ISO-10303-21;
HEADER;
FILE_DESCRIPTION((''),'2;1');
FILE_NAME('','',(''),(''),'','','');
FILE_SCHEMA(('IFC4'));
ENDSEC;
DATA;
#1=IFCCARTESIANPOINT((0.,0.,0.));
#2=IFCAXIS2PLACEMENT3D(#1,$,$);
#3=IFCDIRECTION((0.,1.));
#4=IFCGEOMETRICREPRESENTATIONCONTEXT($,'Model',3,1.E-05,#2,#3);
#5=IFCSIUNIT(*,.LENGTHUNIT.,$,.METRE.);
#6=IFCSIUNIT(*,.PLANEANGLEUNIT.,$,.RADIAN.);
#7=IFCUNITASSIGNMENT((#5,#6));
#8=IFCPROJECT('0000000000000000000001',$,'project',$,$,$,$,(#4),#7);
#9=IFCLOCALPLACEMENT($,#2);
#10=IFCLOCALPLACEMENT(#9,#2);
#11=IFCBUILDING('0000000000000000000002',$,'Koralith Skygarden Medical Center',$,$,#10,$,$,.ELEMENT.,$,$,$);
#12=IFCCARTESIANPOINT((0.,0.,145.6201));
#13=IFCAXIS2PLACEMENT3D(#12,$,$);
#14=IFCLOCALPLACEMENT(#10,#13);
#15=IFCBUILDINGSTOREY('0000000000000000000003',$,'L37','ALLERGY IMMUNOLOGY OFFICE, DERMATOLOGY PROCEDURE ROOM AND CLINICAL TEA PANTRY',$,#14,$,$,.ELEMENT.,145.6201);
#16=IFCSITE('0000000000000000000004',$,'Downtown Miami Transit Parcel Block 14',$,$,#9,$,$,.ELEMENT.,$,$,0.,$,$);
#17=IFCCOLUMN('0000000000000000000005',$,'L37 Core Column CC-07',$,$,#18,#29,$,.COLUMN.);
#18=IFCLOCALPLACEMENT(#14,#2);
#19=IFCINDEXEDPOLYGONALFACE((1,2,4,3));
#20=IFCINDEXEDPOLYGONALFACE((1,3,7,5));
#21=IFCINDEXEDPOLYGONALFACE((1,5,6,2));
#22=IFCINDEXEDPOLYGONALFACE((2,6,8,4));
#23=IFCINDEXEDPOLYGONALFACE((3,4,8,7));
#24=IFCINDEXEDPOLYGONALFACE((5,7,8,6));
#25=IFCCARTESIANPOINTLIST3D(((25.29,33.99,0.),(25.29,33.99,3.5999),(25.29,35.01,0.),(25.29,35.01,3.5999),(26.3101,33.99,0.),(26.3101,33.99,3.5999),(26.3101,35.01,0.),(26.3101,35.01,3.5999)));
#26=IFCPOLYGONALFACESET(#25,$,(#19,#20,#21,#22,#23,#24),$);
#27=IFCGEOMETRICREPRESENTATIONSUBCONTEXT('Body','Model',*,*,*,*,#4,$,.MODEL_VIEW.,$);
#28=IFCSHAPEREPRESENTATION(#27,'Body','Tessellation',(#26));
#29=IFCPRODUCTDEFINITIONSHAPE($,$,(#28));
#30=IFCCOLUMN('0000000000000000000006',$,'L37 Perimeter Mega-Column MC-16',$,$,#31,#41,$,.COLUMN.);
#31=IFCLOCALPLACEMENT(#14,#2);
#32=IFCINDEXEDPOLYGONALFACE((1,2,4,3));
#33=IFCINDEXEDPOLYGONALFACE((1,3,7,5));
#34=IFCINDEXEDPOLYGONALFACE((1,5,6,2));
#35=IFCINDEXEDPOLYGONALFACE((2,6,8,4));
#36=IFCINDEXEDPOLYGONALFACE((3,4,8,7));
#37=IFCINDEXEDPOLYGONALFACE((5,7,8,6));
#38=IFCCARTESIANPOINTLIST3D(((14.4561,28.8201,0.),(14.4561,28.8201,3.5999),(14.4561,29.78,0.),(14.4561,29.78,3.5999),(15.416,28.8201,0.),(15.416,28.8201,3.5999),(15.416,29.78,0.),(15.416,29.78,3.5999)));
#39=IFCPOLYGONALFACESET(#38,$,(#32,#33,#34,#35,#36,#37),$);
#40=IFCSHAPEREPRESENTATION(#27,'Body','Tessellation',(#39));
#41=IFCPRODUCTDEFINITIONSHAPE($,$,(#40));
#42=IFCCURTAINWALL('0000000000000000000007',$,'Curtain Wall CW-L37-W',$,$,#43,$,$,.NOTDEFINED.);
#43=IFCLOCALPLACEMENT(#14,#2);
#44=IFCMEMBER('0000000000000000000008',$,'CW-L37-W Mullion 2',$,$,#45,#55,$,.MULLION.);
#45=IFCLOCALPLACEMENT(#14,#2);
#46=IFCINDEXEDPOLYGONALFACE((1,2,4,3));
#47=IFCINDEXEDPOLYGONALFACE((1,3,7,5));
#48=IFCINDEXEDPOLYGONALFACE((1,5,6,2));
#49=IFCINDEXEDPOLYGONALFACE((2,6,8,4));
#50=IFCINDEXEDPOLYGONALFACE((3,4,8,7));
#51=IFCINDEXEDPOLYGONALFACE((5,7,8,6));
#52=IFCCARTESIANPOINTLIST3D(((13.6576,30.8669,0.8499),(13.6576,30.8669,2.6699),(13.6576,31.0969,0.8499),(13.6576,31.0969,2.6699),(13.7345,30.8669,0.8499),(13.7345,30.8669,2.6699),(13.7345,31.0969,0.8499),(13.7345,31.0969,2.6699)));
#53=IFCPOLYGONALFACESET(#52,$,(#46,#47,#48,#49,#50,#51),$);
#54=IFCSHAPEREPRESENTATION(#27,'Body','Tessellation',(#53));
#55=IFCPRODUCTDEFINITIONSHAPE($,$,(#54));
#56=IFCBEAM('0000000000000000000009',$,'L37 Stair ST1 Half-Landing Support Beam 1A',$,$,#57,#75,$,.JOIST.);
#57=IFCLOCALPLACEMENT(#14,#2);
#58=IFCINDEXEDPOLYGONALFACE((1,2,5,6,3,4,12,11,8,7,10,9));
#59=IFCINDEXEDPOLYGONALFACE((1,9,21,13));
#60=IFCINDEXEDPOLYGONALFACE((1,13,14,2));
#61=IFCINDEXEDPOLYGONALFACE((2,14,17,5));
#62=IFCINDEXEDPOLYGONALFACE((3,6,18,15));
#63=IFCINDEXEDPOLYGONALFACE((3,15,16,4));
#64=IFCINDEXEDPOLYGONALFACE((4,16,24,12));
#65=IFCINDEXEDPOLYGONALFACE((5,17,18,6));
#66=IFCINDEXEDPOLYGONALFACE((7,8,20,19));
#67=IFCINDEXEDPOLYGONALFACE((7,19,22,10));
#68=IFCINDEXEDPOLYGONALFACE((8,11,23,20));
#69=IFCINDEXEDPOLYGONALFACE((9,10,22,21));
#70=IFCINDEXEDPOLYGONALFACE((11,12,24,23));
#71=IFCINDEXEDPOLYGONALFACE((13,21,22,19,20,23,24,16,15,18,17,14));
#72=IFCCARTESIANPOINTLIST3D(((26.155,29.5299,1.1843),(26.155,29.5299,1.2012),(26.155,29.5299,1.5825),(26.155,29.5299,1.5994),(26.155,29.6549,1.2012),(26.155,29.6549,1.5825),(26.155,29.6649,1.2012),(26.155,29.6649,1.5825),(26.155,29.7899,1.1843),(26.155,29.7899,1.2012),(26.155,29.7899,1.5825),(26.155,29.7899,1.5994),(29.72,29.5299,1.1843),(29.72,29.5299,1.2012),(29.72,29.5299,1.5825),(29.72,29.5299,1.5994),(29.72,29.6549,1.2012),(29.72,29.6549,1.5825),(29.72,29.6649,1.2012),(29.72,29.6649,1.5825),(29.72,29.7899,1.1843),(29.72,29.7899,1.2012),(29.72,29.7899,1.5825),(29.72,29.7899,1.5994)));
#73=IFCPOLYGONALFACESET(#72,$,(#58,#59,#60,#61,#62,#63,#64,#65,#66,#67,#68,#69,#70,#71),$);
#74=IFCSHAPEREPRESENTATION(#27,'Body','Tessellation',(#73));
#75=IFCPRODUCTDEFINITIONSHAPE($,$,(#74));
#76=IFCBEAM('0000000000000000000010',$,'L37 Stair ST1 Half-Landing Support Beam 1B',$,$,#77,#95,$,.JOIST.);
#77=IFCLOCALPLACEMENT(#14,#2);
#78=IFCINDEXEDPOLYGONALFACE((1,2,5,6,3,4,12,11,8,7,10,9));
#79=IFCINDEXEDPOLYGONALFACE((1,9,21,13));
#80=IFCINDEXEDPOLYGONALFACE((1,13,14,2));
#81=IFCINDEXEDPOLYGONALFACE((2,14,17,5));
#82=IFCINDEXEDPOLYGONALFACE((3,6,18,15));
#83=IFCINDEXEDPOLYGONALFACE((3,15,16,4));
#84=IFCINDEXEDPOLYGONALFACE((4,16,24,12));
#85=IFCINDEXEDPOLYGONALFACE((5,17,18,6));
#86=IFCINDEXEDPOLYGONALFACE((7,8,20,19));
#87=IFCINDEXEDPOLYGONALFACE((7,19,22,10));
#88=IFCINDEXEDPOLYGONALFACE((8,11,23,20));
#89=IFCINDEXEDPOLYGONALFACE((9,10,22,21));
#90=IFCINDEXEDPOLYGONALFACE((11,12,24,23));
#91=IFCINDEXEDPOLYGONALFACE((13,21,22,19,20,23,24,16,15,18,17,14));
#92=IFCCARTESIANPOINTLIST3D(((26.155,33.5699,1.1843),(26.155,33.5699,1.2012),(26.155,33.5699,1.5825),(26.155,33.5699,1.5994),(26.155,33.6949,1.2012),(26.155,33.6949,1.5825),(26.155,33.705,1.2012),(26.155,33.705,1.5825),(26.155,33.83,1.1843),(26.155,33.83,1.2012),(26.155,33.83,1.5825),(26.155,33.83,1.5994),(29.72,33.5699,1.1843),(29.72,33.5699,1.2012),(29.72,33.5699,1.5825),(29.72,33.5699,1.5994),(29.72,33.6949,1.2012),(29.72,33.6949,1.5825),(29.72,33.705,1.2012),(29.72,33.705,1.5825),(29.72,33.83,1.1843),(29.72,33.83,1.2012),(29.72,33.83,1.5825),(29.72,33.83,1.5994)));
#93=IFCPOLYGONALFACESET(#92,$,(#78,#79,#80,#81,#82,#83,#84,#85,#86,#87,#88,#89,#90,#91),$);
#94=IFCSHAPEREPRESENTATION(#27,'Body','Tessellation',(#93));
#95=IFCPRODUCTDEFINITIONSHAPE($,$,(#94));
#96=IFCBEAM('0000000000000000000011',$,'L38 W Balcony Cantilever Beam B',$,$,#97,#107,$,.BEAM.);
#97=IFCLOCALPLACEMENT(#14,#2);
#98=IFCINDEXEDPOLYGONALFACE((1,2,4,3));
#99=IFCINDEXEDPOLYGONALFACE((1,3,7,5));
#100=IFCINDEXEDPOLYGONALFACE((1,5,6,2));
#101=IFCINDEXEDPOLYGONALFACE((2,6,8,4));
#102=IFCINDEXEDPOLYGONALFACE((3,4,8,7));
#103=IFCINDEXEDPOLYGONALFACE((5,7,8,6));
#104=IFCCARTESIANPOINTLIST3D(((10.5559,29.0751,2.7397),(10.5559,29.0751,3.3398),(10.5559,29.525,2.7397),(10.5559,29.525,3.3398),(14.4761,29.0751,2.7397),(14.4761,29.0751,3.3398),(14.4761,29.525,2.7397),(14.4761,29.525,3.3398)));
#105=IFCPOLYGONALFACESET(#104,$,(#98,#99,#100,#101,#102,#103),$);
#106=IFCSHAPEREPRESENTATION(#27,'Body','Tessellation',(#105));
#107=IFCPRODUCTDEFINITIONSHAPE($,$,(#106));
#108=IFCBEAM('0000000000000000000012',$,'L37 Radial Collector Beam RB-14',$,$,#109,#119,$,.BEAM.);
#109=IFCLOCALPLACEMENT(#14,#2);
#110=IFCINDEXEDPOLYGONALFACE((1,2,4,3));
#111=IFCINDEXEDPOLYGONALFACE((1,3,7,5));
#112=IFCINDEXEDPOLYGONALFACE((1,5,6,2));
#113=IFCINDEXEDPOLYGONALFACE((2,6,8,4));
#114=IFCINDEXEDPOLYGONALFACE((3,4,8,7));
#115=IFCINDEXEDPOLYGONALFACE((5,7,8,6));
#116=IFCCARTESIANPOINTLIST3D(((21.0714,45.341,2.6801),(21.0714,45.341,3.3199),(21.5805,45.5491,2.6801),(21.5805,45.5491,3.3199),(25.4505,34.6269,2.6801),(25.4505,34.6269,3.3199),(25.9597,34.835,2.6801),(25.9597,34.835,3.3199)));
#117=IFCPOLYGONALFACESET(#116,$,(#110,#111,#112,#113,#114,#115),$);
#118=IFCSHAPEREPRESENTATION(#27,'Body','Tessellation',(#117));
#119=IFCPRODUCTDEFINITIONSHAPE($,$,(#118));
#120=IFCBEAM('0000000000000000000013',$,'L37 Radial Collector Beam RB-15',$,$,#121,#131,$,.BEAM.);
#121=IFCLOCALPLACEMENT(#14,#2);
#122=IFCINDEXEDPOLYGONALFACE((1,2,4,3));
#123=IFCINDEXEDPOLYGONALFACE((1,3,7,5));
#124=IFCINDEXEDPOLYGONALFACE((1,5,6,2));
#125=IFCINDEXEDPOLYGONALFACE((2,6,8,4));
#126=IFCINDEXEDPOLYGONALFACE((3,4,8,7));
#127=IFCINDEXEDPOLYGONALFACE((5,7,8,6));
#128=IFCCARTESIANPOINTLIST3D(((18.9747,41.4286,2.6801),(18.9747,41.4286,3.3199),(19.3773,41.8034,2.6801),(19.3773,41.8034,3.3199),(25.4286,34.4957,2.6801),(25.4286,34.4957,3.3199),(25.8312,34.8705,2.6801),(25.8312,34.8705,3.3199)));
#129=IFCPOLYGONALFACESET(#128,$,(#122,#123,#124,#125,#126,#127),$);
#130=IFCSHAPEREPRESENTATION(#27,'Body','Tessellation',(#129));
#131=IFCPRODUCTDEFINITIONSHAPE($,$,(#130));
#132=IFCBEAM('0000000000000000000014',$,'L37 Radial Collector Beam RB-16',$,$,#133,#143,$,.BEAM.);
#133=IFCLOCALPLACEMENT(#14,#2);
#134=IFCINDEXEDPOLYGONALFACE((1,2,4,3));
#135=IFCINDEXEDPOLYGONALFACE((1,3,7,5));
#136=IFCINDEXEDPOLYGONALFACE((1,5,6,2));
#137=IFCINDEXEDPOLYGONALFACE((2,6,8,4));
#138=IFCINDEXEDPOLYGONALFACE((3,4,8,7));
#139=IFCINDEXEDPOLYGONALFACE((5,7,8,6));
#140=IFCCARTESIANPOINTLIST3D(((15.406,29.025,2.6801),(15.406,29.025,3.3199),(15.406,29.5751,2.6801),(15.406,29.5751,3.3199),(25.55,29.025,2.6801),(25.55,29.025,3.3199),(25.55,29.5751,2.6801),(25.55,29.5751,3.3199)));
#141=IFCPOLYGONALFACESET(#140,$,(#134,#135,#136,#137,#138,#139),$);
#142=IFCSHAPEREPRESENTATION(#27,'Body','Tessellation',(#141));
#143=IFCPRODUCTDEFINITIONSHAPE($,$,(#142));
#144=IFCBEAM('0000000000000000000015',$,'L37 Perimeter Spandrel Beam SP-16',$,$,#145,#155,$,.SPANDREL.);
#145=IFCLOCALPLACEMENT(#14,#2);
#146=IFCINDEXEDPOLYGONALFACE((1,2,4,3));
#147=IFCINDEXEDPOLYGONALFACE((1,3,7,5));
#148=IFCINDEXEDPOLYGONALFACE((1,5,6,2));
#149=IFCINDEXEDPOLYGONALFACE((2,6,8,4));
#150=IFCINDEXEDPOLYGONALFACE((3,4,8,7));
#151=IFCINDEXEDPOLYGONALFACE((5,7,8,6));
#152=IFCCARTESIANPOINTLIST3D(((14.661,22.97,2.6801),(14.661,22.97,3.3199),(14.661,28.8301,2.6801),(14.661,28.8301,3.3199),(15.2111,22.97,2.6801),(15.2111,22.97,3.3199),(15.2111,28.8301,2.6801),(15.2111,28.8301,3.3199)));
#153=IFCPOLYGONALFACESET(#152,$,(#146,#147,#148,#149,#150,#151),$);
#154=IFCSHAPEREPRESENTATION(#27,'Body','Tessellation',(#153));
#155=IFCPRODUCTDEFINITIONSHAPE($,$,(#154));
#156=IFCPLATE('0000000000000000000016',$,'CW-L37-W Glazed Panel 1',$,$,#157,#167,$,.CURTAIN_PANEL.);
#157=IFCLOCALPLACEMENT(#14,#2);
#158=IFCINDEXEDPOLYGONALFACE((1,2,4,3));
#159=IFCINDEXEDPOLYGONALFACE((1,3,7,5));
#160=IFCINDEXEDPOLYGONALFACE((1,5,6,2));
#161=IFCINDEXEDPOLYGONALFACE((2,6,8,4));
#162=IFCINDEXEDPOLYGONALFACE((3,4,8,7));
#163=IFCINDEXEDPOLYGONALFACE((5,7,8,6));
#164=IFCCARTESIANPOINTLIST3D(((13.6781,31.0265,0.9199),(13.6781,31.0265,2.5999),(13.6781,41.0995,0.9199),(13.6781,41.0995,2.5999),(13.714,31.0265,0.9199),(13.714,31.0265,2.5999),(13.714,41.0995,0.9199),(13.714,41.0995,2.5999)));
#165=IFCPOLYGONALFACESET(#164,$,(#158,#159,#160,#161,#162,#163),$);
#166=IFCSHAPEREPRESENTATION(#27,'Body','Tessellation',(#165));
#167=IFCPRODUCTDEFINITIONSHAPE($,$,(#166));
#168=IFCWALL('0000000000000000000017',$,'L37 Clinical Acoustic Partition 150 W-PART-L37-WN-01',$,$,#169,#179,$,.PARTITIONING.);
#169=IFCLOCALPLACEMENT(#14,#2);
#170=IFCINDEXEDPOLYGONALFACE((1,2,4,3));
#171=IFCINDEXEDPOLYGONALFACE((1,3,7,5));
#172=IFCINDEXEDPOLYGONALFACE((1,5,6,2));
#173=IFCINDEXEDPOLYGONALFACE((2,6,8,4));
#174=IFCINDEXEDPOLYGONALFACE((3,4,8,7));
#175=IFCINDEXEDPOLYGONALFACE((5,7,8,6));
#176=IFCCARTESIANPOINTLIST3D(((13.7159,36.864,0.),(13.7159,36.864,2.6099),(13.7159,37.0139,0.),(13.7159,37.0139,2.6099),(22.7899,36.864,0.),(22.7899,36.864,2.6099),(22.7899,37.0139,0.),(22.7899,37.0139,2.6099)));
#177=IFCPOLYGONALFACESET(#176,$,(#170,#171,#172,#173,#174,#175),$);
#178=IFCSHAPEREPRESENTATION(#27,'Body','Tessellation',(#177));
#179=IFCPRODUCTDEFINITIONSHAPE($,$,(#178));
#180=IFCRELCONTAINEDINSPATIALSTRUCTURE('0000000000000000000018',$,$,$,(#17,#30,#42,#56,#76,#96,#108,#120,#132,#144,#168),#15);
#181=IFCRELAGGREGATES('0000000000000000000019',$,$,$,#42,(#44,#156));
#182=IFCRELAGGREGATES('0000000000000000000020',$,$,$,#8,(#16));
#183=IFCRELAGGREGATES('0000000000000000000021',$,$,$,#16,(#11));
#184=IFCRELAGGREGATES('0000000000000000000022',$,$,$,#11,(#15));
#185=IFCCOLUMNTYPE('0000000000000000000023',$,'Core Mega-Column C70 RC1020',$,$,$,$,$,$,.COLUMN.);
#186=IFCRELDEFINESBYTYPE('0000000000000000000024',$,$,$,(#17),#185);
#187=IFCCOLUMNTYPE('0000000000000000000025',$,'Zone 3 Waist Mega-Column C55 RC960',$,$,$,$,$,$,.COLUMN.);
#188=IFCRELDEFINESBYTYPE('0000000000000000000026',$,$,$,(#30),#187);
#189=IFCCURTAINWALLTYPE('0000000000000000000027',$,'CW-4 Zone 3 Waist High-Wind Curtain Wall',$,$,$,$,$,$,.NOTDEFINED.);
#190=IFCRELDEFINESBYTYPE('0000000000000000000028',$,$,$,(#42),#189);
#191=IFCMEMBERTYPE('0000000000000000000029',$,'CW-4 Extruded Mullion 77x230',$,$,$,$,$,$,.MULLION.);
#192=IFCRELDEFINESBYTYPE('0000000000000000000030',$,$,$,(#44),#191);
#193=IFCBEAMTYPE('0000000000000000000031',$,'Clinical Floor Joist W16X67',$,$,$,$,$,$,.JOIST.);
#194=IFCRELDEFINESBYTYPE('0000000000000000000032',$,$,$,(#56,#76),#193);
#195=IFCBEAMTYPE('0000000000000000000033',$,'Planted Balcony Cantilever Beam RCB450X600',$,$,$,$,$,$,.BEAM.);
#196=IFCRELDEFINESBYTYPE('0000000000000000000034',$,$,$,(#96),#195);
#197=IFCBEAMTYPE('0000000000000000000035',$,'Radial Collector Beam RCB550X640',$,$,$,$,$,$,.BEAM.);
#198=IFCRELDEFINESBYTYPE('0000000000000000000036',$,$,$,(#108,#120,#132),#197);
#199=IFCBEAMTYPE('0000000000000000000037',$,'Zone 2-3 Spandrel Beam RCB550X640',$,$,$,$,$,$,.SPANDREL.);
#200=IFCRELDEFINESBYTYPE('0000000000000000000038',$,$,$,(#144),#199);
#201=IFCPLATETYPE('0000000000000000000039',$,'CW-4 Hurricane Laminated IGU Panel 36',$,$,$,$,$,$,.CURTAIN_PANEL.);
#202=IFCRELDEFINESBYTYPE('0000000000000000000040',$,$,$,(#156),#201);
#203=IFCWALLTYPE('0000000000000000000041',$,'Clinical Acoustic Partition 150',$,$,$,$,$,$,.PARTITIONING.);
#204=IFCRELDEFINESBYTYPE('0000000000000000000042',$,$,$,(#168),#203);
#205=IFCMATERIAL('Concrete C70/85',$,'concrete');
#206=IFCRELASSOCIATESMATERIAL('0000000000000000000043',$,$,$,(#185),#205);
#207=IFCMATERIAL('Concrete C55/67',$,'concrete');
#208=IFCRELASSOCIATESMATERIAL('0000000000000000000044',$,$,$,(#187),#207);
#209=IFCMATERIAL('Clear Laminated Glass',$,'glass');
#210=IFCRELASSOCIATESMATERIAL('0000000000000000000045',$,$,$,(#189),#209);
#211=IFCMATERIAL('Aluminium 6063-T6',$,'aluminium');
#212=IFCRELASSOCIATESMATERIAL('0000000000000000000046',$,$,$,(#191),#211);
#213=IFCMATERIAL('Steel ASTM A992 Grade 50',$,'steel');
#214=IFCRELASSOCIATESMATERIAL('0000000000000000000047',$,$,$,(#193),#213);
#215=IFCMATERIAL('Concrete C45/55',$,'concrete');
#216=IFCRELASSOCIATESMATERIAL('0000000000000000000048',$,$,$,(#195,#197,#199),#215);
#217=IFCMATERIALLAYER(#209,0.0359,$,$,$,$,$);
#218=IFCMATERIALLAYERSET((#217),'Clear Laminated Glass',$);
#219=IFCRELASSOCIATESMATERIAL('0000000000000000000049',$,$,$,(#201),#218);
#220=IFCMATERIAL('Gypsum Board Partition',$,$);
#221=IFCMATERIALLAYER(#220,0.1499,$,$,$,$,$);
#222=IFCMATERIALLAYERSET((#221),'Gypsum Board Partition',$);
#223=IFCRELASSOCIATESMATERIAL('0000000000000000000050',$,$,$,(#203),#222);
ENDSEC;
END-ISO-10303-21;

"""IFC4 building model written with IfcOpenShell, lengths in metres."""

from ifc_helpers import new_model, si_unit, direction, frame, frame_2d, origin, origin_2d, place, context, subcontext, project, spatial, rectangle, i_section, extrude, material, layer, layer_set, material_profile, profile_set, type_object, element, aggregate, save


model = new_model("IFC4")

# Units and contexts
model_context = context("Model", 3, precision=1e-05, world=origin(), true_north=direction((0.0, 1.0)))
body_context = subcontext(model_context, "Body", "Model", "MODEL_VIEW")
ifc_project = project(units=[si_unit("LENGTHUNIT", "METRE"), si_unit("PLANEANGLEUNIT", "RADIAN")], contexts=[model_context])

# Site, building, storey
site_placement = place(None, origin())
site = spatial("IfcSite", under=ifc_project, at=site_placement, Name="Downtown Miami Transit Parcel Block 14", CompositionType="ELEMENT", RefElevation=0.0)
building_placement = place(site_placement, origin())
building = spatial("IfcBuilding", under=site, at=building_placement, Name="Koralith Skygarden Medical Center", CompositionType="ELEMENT")
storey_placement = place(building_placement, frame((0.0, 0.0, 145.6201)))
storey = spatial("IfcBuildingStorey", under=building, at=storey_placement, Name="L37", Description="ALLERGY IMMUNOLOGY OFFICE, DERMATOLOGY PROCEDURE ROOM AND CLINICAL TEA PANTRY", CompositionType="ELEMENT", Elevation=145.6201)

# Columns
ifc_material_1 = material(Name="Concrete C70/85", Category="concrete")
ifc_material_profile_1 = material_profile(ifc_material_1, rectangle(XDim=1.02, YDim=1.02, at=origin_2d()), Name="RC1020X1020")
ifc_profile_set_1 = profile_set([ifc_material_profile_1], Name="Concrete C70/85")
column_type_1 = type_object("IfcColumnType", Name="Core Mega-Column C70 RC1020", PredefinedType="COLUMN", material=ifc_profile_set_1)
column_1_placement = place(storey_placement, frame((25.8, 34.5, 0.0), z_axis=(0.0, 0.0, 1.0), x_axis=(1.0, 0.0, 0.0)))
element("IfcColumn", 1, at=column_1_placement, inside=storey, type_object=column_type_1, Name="L37 Core Column CC-07", PredefinedType="COLUMN", context=body_context, shape_type="SweptSolid", body=[
    extrude(rectangle(XDim=1.02, YDim=1.02, at=origin_2d()), origin(), (0.0, 0.0, 1.0), 3.5999),
])
ifc_material_2 = material(Name="Concrete C55/67", Category="concrete")
ifc_material_profile_2 = material_profile(ifc_material_2, rectangle(XDim=0.96, YDim=0.96, at=origin_2d()), Name="RC960X960")
ifc_profile_set_2 = profile_set([ifc_material_profile_2], Name="Concrete C55/67")
column_type_2 = type_object("IfcColumnType", Name="Zone 3 Waist Mega-Column C55 RC960", PredefinedType="COLUMN", material=ifc_profile_set_2)
column_2_placement = place(storey_placement, frame((14.936, 29.3, 0.0), z_axis=(0.0, 0.0, 1.0), x_axis=(1.0, 0.0, 0.0)))
element("IfcColumn", 2, at=column_2_placement, inside=storey, type_object=column_type_2, Name="L37 Perimeter Mega-Column MC-16", PredefinedType="COLUMN", context=body_context, shape_type="SweptSolid", body=[
    extrude(rectangle(XDim=0.96, YDim=0.96, at=origin_2d()), origin(), (0.0, 0.0, 1.0), 3.5999),
])

# Curtain wall, member
ifc_material_3 = material(Name="Clear Laminated Glass", Category="glass")
curtain_wall_type = type_object("IfcCurtainWallType", Name="CW-4 Zone 3 Waist High-Wind Curtain Wall", PredefinedType="NOTDEFINED", material=ifc_material_3)
curtain_wall_placement = place(storey_placement, origin())
curtain_wall = element("IfcCurtainWall", 3, at=curtain_wall_placement, inside=storey, type_object=curtain_wall_type, Name="Curtain Wall CW-L37-W", PredefinedType="NOTDEFINED")
ifc_material_4 = material(Name="Aluminium 6063-T6", Category="aluminium")
ifc_material_profile_3 = material_profile(ifc_material_4, rectangle(XDim=0.0769, YDim=0.23, at=origin_2d()), Name="MUL77X230")
ifc_profile_set_3 = profile_set([ifc_material_profile_3], Name="Aluminium 6063-T6")
member_type = type_object("IfcMemberType", Name="CW-4 Extruded Mullion 77x230", PredefinedType="MULLION", material=ifc_profile_set_3)
member_placement = place(storey_placement, frame((13.696, 30.9819, 0.8499), z_axis=(0.0, 0.0, 1.0), x_axis=(1.0, 0.0, 0.0)))
member = element("IfcMember", 4, at=member_placement, type_object=member_type, Name="CW-L37-W Mullion 2", PredefinedType="MULLION", context=body_context, shape_type="SweptSolid", body=[
    extrude(rectangle(XDim=0.0769, YDim=0.23, at=origin_2d()), origin(), (0.0, 0.0, 1.0), 1.8201),
])

# Beams
ifc_material_5 = material(Name="Steel ASTM A992 Grade 50", Category="steel")
ifc_material_profile_4 = material_profile(ifc_material_5, i_section(OverallWidth=0.26, OverallDepth=0.415, WebThickness=0.01, FlangeThickness=0.0168, at=origin_2d()), Name="W16X67")
ifc_profile_set_4 = profile_set([ifc_material_profile_4], Name="Steel ASTM A992 Grade 50")
beam_type_1 = type_object("IfcBeamType", Name="Clinical Floor Joist W16X67", PredefinedType="JOIST", material=ifc_profile_set_4)
for number, where, z_axis, x_axis, name in (
    (5, (26.155, 29.6599, 1.3918), (1.0, 0.0, 0.0), (0.0, 1.0, 0.0), "L37 Stair ST1 Half-Landing Support Beam 1A"),
    (6, (26.155, 33.7, 1.3918), (1.0, 0.0, 0.0), (0.0, 1.0, 0.0), "L37 Stair ST1 Half-Landing Support Beam 1B"),
):
    element("IfcBeam", number, at=place(storey_placement, frame(where, z_axis=z_axis, x_axis=x_axis)), inside=storey, type_object=beam_type_1, Name=name, PredefinedType="JOIST", context=body_context, shape_type="SweptSolid", body=[
        extrude(i_section(OverallWidth=0.26, OverallDepth=0.415, WebThickness=0.01, FlangeThickness=0.0168, at=origin_2d()), origin(), (0.0, 0.0, 1.0), 3.5649),
    ])
ifc_material_6 = material(Name="Concrete C45/55", Category="concrete")
ifc_material_profile_5 = material_profile(ifc_material_6, rectangle(XDim=0.45, YDim=0.6001, at=origin_2d()), Name="RCB450X600")
ifc_profile_set_5 = profile_set([ifc_material_profile_5], Name="Concrete C45/55")
beam_type_2 = type_object("IfcBeamType", Name="Planted Balcony Cantilever Beam RCB450X600", PredefinedType="BEAM", material=ifc_profile_set_5)
beam_1_placement = place(storey_placement, frame((14.4761, 29.3, 3.0398), z_axis=(-1.0, 0.0, 0.0), x_axis=(0.0, -1.0, 0.0)))
element("IfcBeam", 7, at=beam_1_placement, inside=storey, type_object=beam_type_2, Name="L38 W Balcony Cantilever Beam B", PredefinedType="BEAM", context=body_context, shape_type="SweptSolid", body=[
    extrude(rectangle(XDim=0.45, YDim=0.6001, at=origin_2d()), origin(), (0.0, 0.0, 1.0), 3.9202),
])
ifc_material_profile_6 = material_profile(ifc_material_6, rectangle(XDim=0.55, YDim=0.6399, at=origin_2d()), Name="RCB550X640")
ifc_profile_set_6 = profile_set([ifc_material_profile_6], Name="Concrete C45/55")
beam_type_3 = type_object("IfcBeamType", Name="Radial Collector Beam RCB550X640", PredefinedType="BEAM", material=ifc_profile_set_6)
beam_2_placement = place(storey_placement, frame((25.7051, 34.731, 3.0), z_axis=(-0.378345, 0.925665, 0.0), x_axis=(-0.925665, -0.378345, 0.0)))
element("IfcBeam", 8, at=beam_2_placement, inside=storey, type_object=beam_type_3, Name="L37 Radial Collector Beam RB-14", PredefinedType="BEAM", context=body_context, shape_type="SweptSolid", body=[
    extrude(rectangle(XDim=0.55, YDim=0.6399, at=origin_2d()), origin(), (0.0, 0.0, 1.0), 11.5745),
])
beam_3_placement = place(storey_placement, frame((25.6299, 34.6831, 3.0), z_axis=(-0.681369, 0.73194, 0.0), x_axis=(-0.73194, -0.681369, 0.0)))
element("IfcBeam", 9, at=beam_3_placement, inside=storey, type_object=beam_type_3, Name="L37 Radial Collector Beam RB-15", PredefinedType="BEAM", context=body_context, shape_type="SweptSolid", body=[
    extrude(rectangle(XDim=0.55, YDim=0.6399, at=origin_2d()), origin(), (0.0, 0.0, 1.0), 9.4719),
])
beam_4_placement = place(storey_placement, frame((25.55, 29.3, 3.0), z_axis=(-1.0, 0.0, 0.0), x_axis=(0.0, -1.0, 0.0)))
element("IfcBeam", 10, at=beam_4_placement, inside=storey, type_object=beam_type_3, Name="L37 Radial Collector Beam RB-16", PredefinedType="BEAM", context=body_context, shape_type="SweptSolid", body=[
    extrude(rectangle(XDim=0.55, YDim=0.6399, at=origin_2d()), origin(), (0.0, 0.0, 1.0), 10.144),
])
ifc_material_profile_7 = material_profile(ifc_material_6, rectangle(XDim=0.55, YDim=0.6399, at=origin_2d()), Name="RCB550X640")
ifc_profile_set_7 = profile_set([ifc_material_profile_7], Name="Concrete C45/55")
beam_type_4 = type_object("IfcBeamType", Name="Zone 2-3 Spandrel Beam RCB550X640", PredefinedType="SPANDREL", material=ifc_profile_set_7)
beam_5_placement = place(storey_placement, frame((14.936, 28.8301, 3.0), z_axis=(0.0, -1.0, 0.0), x_axis=(1.0, 0.0, 0.0)))
element("IfcBeam", 11, at=beam_5_placement, inside=storey, type_object=beam_type_4, Name="L37 Perimeter Spandrel Beam SP-16", PredefinedType="SPANDREL", context=body_context, shape_type="SweptSolid", body=[
    extrude(rectangle(XDim=0.55, YDim=0.6399, at=origin_2d()), origin(), (0.0, 0.0, 1.0), 5.8601),
])

# Plate
ifc_layer_1 = layer(ifc_material_3, 0.0359)
ifc_layer_set_1 = layer_set([ifc_layer_1], Name="Clear Laminated Glass")
plate_type = type_object("IfcPlateType", Name="CW-4 Hurricane Laminated IGU Panel 36", PredefinedType="CURTAIN_PANEL", material=ifc_layer_set_1)
plate_placement = place(storey_placement, frame((13.696, 36.063, 0.9199), z_axis=(0.0, 0.0, 1.0), x_axis=(0.0, -1.0, 0.0)))
plate = element("IfcPlate", 12, at=plate_placement, type_object=plate_type, Name="CW-L37-W Glazed Panel 1", PredefinedType="CURTAIN_PANEL", context=body_context, shape_type="SweptSolid", body=[
    extrude(rectangle(XDim=10.073, YDim=0.0359, at=origin_2d()), origin(), (0.0, 0.0, 1.0), 1.6799),
])
aggregate(curtain_wall, [member, plate])

# Wall
ifc_material_7 = material(Name="Gypsum Board Partition")
ifc_layer_2 = layer(ifc_material_7, 0.1499)
ifc_layer_set_2 = layer_set([ifc_layer_2], Name="Gypsum Board Partition")
wall_type_1 = type_object("IfcWallType", Name="Clinical Acoustic Partition 150", PredefinedType="PARTITIONING", material=ifc_layer_set_2)
wall_1_placement = place(storey_placement, frame((22.79, 36.939, 0.0), z_axis=(0.0, 0.0, 1.0), x_axis=(-1.0, 0.0, 0.0)))
element("IfcWall", 13, at=wall_1_placement, inside=storey, type_object=wall_type_1, Name="L37 Clinical Acoustic Partition 150 W-PART-L37-WN-01", PredefinedType="PARTITIONING", context=body_context, shape_type="SweptSolid", body=[
    extrude(rectangle(XDim=9.074, YDim=0.1499, at=frame_2d((4.5371, 0.0))), origin(), (0.0, 0.0, 1.0), 2.6099),
])

save(model, "model.ifc")
